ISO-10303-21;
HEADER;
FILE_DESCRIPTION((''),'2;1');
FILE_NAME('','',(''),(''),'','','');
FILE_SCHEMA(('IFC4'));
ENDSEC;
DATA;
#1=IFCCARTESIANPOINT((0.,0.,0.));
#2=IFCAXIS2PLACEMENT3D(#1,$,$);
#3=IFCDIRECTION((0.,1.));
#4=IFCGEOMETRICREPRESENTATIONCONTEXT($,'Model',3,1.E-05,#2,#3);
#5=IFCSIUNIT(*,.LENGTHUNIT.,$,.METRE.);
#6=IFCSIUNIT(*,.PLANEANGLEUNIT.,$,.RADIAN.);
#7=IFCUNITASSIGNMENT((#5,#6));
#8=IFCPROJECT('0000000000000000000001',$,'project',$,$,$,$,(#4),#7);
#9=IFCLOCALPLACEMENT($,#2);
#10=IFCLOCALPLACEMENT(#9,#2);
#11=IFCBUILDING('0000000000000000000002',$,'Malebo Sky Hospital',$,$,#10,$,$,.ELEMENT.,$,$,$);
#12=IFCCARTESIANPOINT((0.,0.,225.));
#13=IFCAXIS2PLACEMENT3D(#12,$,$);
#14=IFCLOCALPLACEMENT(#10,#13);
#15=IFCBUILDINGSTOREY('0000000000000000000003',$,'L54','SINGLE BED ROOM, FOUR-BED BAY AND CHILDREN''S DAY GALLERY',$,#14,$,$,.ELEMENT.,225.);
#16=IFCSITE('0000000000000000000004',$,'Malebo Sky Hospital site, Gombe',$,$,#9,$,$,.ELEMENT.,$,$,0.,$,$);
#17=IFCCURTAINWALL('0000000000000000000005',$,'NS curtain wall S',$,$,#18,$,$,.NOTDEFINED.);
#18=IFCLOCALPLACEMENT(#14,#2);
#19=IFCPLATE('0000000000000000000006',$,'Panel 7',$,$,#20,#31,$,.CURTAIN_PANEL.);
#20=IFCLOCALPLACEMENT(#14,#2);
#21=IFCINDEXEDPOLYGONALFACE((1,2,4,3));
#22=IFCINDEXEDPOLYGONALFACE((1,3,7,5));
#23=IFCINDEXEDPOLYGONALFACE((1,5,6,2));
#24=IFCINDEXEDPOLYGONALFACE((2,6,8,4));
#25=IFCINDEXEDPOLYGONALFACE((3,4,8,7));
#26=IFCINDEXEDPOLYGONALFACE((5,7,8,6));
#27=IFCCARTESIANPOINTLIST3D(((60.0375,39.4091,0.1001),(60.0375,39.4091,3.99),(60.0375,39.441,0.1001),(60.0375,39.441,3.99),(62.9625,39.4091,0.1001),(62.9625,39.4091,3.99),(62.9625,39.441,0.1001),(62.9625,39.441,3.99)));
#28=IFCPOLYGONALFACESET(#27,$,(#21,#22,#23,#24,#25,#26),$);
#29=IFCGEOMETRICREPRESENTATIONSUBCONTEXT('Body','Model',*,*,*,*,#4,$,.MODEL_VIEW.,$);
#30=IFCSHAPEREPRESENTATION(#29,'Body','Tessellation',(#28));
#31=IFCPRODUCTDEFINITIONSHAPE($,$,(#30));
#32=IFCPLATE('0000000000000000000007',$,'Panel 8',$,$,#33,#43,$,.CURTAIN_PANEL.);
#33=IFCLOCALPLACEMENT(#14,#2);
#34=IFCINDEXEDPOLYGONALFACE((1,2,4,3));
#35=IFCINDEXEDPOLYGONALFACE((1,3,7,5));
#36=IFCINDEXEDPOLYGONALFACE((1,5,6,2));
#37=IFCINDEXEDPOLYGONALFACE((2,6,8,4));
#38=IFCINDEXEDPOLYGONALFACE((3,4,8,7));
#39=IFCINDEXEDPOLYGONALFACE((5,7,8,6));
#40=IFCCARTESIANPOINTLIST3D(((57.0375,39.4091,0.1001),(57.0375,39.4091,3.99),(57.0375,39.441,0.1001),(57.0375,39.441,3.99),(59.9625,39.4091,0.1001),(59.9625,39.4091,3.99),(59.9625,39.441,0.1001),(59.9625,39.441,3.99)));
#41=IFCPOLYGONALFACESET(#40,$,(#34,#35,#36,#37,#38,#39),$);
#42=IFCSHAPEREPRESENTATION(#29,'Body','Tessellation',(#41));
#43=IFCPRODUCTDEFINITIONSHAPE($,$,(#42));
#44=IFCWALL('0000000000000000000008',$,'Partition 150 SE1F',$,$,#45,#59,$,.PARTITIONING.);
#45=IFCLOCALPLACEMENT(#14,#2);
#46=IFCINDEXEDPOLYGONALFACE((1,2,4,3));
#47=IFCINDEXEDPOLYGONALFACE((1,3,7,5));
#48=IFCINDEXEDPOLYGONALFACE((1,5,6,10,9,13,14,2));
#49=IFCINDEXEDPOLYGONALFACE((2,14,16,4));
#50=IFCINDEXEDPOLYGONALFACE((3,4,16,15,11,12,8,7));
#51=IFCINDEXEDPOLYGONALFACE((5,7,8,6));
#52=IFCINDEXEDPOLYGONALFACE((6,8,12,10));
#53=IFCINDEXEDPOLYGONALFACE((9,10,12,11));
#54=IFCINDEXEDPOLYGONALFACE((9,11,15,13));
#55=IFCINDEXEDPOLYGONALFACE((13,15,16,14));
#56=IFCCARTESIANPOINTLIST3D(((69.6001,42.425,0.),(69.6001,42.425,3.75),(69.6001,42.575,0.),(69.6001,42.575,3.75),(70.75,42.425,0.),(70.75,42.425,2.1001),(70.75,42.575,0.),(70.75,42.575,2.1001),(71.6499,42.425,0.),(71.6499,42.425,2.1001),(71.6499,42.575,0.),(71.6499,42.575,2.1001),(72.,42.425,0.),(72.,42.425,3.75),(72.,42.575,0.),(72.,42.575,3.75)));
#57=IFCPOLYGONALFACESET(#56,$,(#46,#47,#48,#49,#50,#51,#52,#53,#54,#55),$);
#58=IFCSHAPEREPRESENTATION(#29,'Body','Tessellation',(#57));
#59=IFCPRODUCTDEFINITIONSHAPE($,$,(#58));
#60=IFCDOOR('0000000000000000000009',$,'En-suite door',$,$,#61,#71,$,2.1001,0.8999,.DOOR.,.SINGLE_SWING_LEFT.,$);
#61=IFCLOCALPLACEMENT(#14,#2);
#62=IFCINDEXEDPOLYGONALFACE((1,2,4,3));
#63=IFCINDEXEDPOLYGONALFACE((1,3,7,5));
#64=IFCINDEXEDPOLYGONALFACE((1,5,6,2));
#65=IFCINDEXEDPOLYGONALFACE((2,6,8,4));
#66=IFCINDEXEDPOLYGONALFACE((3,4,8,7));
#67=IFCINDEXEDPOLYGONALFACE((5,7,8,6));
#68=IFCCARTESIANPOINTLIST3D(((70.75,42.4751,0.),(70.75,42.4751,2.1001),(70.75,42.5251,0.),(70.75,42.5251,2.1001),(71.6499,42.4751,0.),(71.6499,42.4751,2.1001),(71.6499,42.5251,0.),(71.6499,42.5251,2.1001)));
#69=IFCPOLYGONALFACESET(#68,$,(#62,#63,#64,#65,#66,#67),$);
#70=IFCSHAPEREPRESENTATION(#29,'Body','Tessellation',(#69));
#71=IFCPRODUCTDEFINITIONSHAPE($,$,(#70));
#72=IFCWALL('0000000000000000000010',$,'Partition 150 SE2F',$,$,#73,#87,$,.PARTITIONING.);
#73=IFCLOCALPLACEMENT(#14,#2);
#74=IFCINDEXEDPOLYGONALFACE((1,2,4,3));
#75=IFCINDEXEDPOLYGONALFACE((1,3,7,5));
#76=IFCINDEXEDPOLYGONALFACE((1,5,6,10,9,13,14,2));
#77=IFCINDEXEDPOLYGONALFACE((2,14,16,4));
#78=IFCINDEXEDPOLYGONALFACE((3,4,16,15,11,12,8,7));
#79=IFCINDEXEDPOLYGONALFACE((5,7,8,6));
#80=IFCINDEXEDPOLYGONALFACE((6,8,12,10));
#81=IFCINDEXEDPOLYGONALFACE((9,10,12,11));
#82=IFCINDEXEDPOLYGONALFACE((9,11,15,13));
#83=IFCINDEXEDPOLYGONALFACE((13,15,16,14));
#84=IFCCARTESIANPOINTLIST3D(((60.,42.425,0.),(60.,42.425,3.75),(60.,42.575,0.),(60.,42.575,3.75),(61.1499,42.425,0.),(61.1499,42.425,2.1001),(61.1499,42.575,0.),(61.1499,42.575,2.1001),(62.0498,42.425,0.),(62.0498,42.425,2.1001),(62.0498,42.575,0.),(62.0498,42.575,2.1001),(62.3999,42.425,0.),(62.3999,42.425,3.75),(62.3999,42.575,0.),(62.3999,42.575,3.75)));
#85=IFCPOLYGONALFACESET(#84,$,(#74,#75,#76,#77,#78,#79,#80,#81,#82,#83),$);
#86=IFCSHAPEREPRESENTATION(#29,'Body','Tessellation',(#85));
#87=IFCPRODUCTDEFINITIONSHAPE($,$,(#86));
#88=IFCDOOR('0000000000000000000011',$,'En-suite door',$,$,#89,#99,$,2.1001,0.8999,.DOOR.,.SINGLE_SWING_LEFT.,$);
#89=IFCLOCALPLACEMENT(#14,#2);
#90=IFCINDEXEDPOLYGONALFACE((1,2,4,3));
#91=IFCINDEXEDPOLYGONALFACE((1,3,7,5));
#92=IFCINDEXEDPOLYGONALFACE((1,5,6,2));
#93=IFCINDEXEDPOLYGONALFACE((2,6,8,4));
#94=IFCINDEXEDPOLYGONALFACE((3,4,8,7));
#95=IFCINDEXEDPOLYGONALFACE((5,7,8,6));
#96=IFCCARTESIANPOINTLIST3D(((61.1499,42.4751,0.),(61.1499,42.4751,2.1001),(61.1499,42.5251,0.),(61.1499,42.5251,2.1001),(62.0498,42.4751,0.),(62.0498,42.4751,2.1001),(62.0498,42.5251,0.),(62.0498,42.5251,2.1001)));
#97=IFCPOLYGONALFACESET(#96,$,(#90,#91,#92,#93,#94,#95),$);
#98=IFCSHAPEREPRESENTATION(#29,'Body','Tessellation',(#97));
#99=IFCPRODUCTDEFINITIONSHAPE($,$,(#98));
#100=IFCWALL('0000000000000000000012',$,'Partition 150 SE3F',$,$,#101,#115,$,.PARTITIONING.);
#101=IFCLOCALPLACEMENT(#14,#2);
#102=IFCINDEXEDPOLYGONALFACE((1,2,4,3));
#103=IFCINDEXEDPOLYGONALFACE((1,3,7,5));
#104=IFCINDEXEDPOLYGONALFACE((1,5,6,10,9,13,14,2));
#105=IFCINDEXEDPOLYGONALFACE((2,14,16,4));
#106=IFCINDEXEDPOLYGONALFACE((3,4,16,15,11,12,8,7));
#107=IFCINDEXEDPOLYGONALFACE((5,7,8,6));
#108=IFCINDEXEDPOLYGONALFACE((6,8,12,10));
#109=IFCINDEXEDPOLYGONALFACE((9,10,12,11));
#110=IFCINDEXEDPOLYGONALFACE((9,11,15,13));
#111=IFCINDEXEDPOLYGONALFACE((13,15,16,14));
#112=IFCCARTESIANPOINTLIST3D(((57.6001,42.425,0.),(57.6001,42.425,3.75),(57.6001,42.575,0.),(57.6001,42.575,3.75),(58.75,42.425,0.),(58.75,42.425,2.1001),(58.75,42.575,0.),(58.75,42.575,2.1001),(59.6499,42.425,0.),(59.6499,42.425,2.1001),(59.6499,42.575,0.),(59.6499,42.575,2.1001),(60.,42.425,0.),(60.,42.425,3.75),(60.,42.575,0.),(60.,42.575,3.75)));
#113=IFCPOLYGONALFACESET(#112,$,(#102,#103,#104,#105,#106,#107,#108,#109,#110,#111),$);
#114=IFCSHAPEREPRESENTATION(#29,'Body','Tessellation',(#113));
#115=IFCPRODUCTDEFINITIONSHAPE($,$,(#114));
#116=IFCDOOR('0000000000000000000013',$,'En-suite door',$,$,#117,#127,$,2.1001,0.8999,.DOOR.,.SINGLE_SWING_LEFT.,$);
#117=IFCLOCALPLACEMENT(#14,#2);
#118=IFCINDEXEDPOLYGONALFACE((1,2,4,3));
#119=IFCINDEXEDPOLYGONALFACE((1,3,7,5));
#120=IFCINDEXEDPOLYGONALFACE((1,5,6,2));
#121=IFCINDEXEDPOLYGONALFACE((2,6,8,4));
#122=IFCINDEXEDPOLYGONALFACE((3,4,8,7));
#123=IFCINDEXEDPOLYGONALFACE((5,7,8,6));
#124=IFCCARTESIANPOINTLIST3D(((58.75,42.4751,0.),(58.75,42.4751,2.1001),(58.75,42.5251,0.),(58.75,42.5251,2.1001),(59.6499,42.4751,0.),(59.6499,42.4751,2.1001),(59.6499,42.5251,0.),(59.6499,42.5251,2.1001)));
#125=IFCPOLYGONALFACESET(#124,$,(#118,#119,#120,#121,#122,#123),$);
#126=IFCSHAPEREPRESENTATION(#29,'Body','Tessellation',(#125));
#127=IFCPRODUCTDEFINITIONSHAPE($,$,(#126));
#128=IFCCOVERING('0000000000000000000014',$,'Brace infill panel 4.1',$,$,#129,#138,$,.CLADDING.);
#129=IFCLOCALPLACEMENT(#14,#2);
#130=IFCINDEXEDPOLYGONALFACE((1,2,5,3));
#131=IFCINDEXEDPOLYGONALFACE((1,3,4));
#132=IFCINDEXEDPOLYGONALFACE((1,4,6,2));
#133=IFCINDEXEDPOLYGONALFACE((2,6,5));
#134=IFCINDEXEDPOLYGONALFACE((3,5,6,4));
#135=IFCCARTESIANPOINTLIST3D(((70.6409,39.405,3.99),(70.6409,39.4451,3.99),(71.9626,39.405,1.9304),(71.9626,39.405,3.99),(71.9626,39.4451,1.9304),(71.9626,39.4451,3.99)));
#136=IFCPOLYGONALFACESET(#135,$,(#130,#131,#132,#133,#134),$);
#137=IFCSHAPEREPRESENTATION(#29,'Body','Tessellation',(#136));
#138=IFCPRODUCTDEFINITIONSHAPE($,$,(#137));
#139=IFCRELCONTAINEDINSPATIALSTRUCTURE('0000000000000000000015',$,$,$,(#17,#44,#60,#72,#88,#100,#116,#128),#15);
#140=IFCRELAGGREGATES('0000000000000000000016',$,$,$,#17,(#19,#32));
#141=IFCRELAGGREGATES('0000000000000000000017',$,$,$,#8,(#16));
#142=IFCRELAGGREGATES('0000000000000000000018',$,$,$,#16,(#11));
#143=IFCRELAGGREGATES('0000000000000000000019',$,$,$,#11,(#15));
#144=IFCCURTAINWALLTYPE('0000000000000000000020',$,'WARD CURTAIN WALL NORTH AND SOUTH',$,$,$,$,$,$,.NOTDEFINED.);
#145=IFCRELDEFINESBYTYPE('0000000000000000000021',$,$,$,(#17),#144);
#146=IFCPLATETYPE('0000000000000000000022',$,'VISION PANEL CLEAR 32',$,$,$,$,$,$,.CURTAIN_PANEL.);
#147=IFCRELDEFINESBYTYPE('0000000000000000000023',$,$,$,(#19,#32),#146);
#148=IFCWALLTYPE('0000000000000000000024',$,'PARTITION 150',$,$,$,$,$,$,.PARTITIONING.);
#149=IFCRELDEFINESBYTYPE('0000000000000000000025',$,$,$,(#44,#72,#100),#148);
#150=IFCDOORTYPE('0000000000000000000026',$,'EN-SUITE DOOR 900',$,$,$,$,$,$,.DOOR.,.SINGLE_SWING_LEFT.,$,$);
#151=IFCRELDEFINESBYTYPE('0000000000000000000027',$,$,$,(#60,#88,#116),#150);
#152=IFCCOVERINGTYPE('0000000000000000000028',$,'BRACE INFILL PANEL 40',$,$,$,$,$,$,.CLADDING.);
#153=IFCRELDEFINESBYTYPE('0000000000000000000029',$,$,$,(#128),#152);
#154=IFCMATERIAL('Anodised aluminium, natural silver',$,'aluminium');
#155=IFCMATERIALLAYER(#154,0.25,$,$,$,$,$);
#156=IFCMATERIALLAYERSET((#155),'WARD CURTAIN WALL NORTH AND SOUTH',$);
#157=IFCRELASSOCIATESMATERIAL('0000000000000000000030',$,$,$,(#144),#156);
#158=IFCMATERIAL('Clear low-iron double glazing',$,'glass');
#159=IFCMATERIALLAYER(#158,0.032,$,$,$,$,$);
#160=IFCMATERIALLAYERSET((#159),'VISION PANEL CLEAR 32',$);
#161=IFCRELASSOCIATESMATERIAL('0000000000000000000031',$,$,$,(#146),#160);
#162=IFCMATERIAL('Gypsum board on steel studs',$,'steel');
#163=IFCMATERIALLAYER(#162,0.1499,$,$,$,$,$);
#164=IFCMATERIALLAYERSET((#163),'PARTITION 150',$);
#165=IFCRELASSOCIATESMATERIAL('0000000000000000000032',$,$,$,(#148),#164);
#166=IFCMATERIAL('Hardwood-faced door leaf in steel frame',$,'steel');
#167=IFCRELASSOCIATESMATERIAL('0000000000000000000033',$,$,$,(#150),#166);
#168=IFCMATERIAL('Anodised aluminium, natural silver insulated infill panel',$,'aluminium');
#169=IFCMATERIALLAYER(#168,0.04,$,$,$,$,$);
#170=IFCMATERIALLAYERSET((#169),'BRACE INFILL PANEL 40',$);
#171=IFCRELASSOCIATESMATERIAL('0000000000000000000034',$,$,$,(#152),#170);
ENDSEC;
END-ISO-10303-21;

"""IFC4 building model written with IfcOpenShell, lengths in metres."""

from ifc_helpers import new_model, si_unit, direction, frame, frame_2d, origin, origin_2d, place, context, subcontext, project, spatial, polyline, rectangle, outline, extrude, material, layer, layer_set, type_object, element, fill, aggregate, save


model = new_model("IFC4")

# Units and contexts
model_context = context("Model", 3, precision=1e-05, world=origin(), true_north=direction((0.0, 1.0)))
body_context = subcontext(model_context, "Body", "Model", "MODEL_VIEW")
ifc_project = project(units=[si_unit("LENGTHUNIT", "METRE"), si_unit("PLANEANGLEUNIT", "RADIAN")], contexts=[model_context])

# Site, building, storey
site_placement = place(None, origin())
site = spatial("IfcSite", under=ifc_project, at=site_placement, Name="Malebo Sky Hospital site, Gombe", CompositionType="ELEMENT", RefElevation=0.0)
building_placement = place(site_placement, origin())
building = spatial("IfcBuilding", under=site, at=building_placement, Name="Malebo Sky Hospital", CompositionType="ELEMENT")
storey_placement = place(building_placement, frame((0.0, 0.0, 225.0)))
storey = spatial("IfcBuildingStorey", under=building, at=storey_placement, Name="L54", Description="SINGLE BED ROOM, FOUR-BED BAY AND CHILDREN'S DAY GALLERY", CompositionType="ELEMENT", Elevation=225.0)

# Curtain wall
ifc_material_1 = material(Name="Anodised aluminium, natural silver", Category="aluminium")
ifc_layer_1 = layer(ifc_material_1, 0.25)
ifc_layer_set_1 = layer_set([ifc_layer_1], Name="WARD CURTAIN WALL NORTH AND SOUTH")
curtain_wall_type = type_object("IfcCurtainWallType", Name="WARD CURTAIN WALL NORTH AND SOUTH", PredefinedType="NOTDEFINED", material=ifc_layer_set_1)
curtain_wall_placement = place(storey_placement, origin())
curtain_wall = element("IfcCurtainWall", 1, at=curtain_wall_placement, inside=storey, type_object=curtain_wall_type, Name="NS curtain wall S", PredefinedType="NOTDEFINED")

# Plates
ifc_material_2 = material(Name="Clear low-iron double glazing", Category="glass")
ifc_layer_2 = layer(ifc_material_2, 0.032)
ifc_layer_set_2 = layer_set([ifc_layer_2], Name="VISION PANEL CLEAR 32")
plate_type = type_object("IfcPlateType", Name="VISION PANEL CLEAR 32", PredefinedType="CURTAIN_PANEL", material=ifc_layer_set_2)
plate_1_placement = place(storey_placement, frame((61.5, 39.425, 0.1001), z_axis=(0.0, 0.0, 1.0), x_axis=(-1.0, 0.0, 0.0)))
plate_1 = element("IfcPlate", 2, at=plate_1_placement, type_object=plate_type, Name="Panel 7", PredefinedType="CURTAIN_PANEL", context=body_context, shape_type="SweptSolid", body=[
    extrude(rectangle(XDim=2.925, YDim=0.032, at=origin_2d()), origin(), (0.0, 0.0, 1.0), 3.8899),
])
plate_2_placement = place(storey_placement, frame((58.5, 39.425, 0.1001), z_axis=(0.0, 0.0, 1.0), x_axis=(-1.0, 0.0, 0.0)))
plate_2 = element("IfcPlate", 3, at=plate_2_placement, type_object=plate_type, Name="Panel 8", PredefinedType="CURTAIN_PANEL", context=body_context, shape_type="SweptSolid", body=[
    extrude(rectangle(XDim=2.925, YDim=0.032, at=origin_2d()), origin(), (0.0, 0.0, 1.0), 3.8899),
])
aggregate(curtain_wall, [plate_1, plate_2])

# Walls, openings, doors
ifc_material_3 = material(Name="Gypsum board on steel studs", Category="steel")
ifc_layer_3 = layer(ifc_material_3, 0.1499)
ifc_layer_set_3 = layer_set([ifc_layer_3], Name="PARTITION 150")
wall_type = type_object("IfcWallType", Name="PARTITION 150", PredefinedType="PARTITIONING", material=ifc_layer_set_3)
wall_1_placement = place(storey_placement, frame((72.0, 42.5, 0.0), z_axis=(0.0, 0.0, 1.0), x_axis=(-1.0, 0.0, 0.0)))
wall_1 = element("IfcWall", 4, at=wall_1_placement, inside=storey, type_object=wall_type, Name="Partition 150 SE1F", PredefinedType="PARTITIONING", context=body_context, shape_type="SweptSolid", body=[
    extrude(rectangle(XDim=2.3999, YDim=0.1499, at=frame_2d((1.2, 0.0))), origin(), (0.0, 0.0, 1.0), 3.75),
])
opening_1_placement = place(wall_1_placement, frame((0.3501, 0.0, 0.0)))
opening_1 = element("IfcOpeningElement", 5, at=opening_1_placement, cuts=wall_1, PredefinedType="OPENING", context=body_context, shape_type="SweptSolid", body=[
    extrude(rectangle(XDim=0.8999, YDim=2.1001, at=frame_2d((0.45, 1.05))), frame((0.0, 0.085, 0.0), z_axis=(0.0, -1.0, 0.0), x_axis=(1.0, 0.0, 0.0)), (0.0, 0.0, 1.0), 0.1699),
])
ifc_material_4 = material(Name="Hardwood-faced door leaf in steel frame", Category="steel")
door_type = type_object("IfcDoorType", Name="EN-SUITE DOOR 900", OperationType="SINGLE_SWING_LEFT", PredefinedType="DOOR", material=ifc_material_4)
door_1_placement = place(opening_1_placement, origin())
door_1 = element("IfcDoor", 6, at=door_1_placement, inside=storey, type_object=door_type, Name="En-suite door", OperationType="SINGLE_SWING_LEFT", OverallHeight=2.1001, OverallWidth=0.8999, PredefinedType="DOOR", context=body_context, shape_type="SweptSolid", body=[
    extrude(rectangle(XDim=0.8999, YDim=2.1001, at=frame_2d((0.45, 1.05))), frame((0.0, 0.0249, 0.0), z_axis=(0.0, -1.0, 0.0), x_axis=(1.0, 0.0, 0.0)), (0.0, 0.0, 1.0), 0.05),
])
fill(opening_1, door_1)
wall_2_placement = place(storey_placement, frame((62.3999, 42.5, 0.0), z_axis=(0.0, 0.0, 1.0), x_axis=(-1.0, 0.0, 0.0)))
wall_2 = element("IfcWall", 7, at=wall_2_placement, inside=storey, type_object=wall_type, Name="Partition 150 SE2F", PredefinedType="PARTITIONING", context=body_context, shape_type="SweptSolid", body=[
    extrude(rectangle(XDim=2.3999, YDim=0.1499, at=frame_2d((1.2, 0.0))), origin(), (0.0, 0.0, 1.0), 3.75),
])
opening_2_placement = place(wall_2_placement, frame((0.3501, 0.0, 0.0)))
opening_2 = element("IfcOpeningElement", 8, at=opening_2_placement, cuts=wall_2, PredefinedType="OPENING", context=body_context, shape_type="SweptSolid", body=[
    extrude(rectangle(XDim=0.8999, YDim=2.1001, at=frame_2d((0.45, 1.05))), frame((0.0, 0.085, 0.0), z_axis=(0.0, -1.0, 0.0), x_axis=(1.0, 0.0, 0.0)), (0.0, 0.0, 1.0), 0.1699),
])
door_2_placement = place(opening_2_placement, origin())
door_2 = element("IfcDoor", 9, at=door_2_placement, inside=storey, type_object=door_type, Name="En-suite door", OperationType="SINGLE_SWING_LEFT", OverallHeight=2.1001, OverallWidth=0.8999, PredefinedType="DOOR", context=body_context, shape_type="SweptSolid", body=[
    extrude(rectangle(XDim=0.8999, YDim=2.1001, at=frame_2d((0.45, 1.05))), frame((0.0, 0.0249, 0.0), z_axis=(0.0, -1.0, 0.0), x_axis=(1.0, 0.0, 0.0)), (0.0, 0.0, 1.0), 0.05),
])
fill(opening_2, door_2)
wall_3_placement = place(storey_placement, frame((60.0, 42.5, 0.0), z_axis=(0.0, 0.0, 1.0), x_axis=(-1.0, 0.0, 0.0)))
wall_3 = element("IfcWall", 10, at=wall_3_placement, inside=storey, type_object=wall_type, Name="Partition 150 SE3F", PredefinedType="PARTITIONING", context=body_context, shape_type="SweptSolid", body=[
    extrude(rectangle(XDim=2.3999, YDim=0.1499, at=frame_2d((1.2, 0.0))), origin(), (0.0, 0.0, 1.0), 3.75),
])
opening_3_placement = place(wall_3_placement, frame((0.3501, 0.0, 0.0)))
opening_3 = element("IfcOpeningElement", 11, at=opening_3_placement, cuts=wall_3, PredefinedType="OPENING", context=body_context, shape_type="SweptSolid", body=[
    extrude(rectangle(XDim=0.8999, YDim=2.1001, at=frame_2d((0.45, 1.05))), frame((0.0, 0.085, 0.0), z_axis=(0.0, -1.0, 0.0), x_axis=(1.0, 0.0, 0.0)), (0.0, 0.0, 1.0), 0.1699),
])
door_3_placement = place(opening_3_placement, origin())
door_3 = element("IfcDoor", 12, at=door_3_placement, inside=storey, type_object=door_type, Name="En-suite door", OperationType="SINGLE_SWING_LEFT", OverallHeight=2.1001, OverallWidth=0.8999, PredefinedType="DOOR", context=body_context, shape_type="SweptSolid", body=[
    extrude(rectangle(XDim=0.8999, YDim=2.1001, at=frame_2d((0.45, 1.05))), frame((0.0, 0.0249, 0.0), z_axis=(0.0, -1.0, 0.0), x_axis=(1.0, 0.0, 0.0)), (0.0, 0.0, 1.0), 0.05),
])
fill(opening_3, door_3)

# Covering
ifc_material_5 = material(Name="Anodised aluminium, natural silver insulated infill panel", Category="aluminium")
ifc_layer_4 = layer(ifc_material_5, 0.04)
ifc_layer_set_4 = layer_set([ifc_layer_4], Name="BRACE INFILL PANEL 40")
covering_type = type_object("IfcCoveringType", Name="BRACE INFILL PANEL 40", PredefinedType="CLADDING", material=ifc_layer_set_4)
covering_placement = place(storey_placement, frame((71.3018, 39.425, 1.9304), z_axis=(0.0, 0.0, 1.0), x_axis=(-1.0, 0.0, 0.0)))
element("IfcCovering", 13, at=covering_placement, inside=storey, type_object=covering_type, Name="Brace infill panel 4.1", PredefinedType="CLADDING", context=body_context, shape_type="SweptSolid", body=[
    extrude(outline(polyline([(-0.6609, 0.0), (0.6609, 2.0596), (-0.6609, 2.0596), (-0.6609, 0.0)])), frame((0.0, 0.02, 0.0), z_axis=(0.0, -1.0, 0.0), x_axis=(1.0, 0.0, 0.0)), (0.0, 0.0, 1.0), 0.04),
])

save(model, "model.ifc")
